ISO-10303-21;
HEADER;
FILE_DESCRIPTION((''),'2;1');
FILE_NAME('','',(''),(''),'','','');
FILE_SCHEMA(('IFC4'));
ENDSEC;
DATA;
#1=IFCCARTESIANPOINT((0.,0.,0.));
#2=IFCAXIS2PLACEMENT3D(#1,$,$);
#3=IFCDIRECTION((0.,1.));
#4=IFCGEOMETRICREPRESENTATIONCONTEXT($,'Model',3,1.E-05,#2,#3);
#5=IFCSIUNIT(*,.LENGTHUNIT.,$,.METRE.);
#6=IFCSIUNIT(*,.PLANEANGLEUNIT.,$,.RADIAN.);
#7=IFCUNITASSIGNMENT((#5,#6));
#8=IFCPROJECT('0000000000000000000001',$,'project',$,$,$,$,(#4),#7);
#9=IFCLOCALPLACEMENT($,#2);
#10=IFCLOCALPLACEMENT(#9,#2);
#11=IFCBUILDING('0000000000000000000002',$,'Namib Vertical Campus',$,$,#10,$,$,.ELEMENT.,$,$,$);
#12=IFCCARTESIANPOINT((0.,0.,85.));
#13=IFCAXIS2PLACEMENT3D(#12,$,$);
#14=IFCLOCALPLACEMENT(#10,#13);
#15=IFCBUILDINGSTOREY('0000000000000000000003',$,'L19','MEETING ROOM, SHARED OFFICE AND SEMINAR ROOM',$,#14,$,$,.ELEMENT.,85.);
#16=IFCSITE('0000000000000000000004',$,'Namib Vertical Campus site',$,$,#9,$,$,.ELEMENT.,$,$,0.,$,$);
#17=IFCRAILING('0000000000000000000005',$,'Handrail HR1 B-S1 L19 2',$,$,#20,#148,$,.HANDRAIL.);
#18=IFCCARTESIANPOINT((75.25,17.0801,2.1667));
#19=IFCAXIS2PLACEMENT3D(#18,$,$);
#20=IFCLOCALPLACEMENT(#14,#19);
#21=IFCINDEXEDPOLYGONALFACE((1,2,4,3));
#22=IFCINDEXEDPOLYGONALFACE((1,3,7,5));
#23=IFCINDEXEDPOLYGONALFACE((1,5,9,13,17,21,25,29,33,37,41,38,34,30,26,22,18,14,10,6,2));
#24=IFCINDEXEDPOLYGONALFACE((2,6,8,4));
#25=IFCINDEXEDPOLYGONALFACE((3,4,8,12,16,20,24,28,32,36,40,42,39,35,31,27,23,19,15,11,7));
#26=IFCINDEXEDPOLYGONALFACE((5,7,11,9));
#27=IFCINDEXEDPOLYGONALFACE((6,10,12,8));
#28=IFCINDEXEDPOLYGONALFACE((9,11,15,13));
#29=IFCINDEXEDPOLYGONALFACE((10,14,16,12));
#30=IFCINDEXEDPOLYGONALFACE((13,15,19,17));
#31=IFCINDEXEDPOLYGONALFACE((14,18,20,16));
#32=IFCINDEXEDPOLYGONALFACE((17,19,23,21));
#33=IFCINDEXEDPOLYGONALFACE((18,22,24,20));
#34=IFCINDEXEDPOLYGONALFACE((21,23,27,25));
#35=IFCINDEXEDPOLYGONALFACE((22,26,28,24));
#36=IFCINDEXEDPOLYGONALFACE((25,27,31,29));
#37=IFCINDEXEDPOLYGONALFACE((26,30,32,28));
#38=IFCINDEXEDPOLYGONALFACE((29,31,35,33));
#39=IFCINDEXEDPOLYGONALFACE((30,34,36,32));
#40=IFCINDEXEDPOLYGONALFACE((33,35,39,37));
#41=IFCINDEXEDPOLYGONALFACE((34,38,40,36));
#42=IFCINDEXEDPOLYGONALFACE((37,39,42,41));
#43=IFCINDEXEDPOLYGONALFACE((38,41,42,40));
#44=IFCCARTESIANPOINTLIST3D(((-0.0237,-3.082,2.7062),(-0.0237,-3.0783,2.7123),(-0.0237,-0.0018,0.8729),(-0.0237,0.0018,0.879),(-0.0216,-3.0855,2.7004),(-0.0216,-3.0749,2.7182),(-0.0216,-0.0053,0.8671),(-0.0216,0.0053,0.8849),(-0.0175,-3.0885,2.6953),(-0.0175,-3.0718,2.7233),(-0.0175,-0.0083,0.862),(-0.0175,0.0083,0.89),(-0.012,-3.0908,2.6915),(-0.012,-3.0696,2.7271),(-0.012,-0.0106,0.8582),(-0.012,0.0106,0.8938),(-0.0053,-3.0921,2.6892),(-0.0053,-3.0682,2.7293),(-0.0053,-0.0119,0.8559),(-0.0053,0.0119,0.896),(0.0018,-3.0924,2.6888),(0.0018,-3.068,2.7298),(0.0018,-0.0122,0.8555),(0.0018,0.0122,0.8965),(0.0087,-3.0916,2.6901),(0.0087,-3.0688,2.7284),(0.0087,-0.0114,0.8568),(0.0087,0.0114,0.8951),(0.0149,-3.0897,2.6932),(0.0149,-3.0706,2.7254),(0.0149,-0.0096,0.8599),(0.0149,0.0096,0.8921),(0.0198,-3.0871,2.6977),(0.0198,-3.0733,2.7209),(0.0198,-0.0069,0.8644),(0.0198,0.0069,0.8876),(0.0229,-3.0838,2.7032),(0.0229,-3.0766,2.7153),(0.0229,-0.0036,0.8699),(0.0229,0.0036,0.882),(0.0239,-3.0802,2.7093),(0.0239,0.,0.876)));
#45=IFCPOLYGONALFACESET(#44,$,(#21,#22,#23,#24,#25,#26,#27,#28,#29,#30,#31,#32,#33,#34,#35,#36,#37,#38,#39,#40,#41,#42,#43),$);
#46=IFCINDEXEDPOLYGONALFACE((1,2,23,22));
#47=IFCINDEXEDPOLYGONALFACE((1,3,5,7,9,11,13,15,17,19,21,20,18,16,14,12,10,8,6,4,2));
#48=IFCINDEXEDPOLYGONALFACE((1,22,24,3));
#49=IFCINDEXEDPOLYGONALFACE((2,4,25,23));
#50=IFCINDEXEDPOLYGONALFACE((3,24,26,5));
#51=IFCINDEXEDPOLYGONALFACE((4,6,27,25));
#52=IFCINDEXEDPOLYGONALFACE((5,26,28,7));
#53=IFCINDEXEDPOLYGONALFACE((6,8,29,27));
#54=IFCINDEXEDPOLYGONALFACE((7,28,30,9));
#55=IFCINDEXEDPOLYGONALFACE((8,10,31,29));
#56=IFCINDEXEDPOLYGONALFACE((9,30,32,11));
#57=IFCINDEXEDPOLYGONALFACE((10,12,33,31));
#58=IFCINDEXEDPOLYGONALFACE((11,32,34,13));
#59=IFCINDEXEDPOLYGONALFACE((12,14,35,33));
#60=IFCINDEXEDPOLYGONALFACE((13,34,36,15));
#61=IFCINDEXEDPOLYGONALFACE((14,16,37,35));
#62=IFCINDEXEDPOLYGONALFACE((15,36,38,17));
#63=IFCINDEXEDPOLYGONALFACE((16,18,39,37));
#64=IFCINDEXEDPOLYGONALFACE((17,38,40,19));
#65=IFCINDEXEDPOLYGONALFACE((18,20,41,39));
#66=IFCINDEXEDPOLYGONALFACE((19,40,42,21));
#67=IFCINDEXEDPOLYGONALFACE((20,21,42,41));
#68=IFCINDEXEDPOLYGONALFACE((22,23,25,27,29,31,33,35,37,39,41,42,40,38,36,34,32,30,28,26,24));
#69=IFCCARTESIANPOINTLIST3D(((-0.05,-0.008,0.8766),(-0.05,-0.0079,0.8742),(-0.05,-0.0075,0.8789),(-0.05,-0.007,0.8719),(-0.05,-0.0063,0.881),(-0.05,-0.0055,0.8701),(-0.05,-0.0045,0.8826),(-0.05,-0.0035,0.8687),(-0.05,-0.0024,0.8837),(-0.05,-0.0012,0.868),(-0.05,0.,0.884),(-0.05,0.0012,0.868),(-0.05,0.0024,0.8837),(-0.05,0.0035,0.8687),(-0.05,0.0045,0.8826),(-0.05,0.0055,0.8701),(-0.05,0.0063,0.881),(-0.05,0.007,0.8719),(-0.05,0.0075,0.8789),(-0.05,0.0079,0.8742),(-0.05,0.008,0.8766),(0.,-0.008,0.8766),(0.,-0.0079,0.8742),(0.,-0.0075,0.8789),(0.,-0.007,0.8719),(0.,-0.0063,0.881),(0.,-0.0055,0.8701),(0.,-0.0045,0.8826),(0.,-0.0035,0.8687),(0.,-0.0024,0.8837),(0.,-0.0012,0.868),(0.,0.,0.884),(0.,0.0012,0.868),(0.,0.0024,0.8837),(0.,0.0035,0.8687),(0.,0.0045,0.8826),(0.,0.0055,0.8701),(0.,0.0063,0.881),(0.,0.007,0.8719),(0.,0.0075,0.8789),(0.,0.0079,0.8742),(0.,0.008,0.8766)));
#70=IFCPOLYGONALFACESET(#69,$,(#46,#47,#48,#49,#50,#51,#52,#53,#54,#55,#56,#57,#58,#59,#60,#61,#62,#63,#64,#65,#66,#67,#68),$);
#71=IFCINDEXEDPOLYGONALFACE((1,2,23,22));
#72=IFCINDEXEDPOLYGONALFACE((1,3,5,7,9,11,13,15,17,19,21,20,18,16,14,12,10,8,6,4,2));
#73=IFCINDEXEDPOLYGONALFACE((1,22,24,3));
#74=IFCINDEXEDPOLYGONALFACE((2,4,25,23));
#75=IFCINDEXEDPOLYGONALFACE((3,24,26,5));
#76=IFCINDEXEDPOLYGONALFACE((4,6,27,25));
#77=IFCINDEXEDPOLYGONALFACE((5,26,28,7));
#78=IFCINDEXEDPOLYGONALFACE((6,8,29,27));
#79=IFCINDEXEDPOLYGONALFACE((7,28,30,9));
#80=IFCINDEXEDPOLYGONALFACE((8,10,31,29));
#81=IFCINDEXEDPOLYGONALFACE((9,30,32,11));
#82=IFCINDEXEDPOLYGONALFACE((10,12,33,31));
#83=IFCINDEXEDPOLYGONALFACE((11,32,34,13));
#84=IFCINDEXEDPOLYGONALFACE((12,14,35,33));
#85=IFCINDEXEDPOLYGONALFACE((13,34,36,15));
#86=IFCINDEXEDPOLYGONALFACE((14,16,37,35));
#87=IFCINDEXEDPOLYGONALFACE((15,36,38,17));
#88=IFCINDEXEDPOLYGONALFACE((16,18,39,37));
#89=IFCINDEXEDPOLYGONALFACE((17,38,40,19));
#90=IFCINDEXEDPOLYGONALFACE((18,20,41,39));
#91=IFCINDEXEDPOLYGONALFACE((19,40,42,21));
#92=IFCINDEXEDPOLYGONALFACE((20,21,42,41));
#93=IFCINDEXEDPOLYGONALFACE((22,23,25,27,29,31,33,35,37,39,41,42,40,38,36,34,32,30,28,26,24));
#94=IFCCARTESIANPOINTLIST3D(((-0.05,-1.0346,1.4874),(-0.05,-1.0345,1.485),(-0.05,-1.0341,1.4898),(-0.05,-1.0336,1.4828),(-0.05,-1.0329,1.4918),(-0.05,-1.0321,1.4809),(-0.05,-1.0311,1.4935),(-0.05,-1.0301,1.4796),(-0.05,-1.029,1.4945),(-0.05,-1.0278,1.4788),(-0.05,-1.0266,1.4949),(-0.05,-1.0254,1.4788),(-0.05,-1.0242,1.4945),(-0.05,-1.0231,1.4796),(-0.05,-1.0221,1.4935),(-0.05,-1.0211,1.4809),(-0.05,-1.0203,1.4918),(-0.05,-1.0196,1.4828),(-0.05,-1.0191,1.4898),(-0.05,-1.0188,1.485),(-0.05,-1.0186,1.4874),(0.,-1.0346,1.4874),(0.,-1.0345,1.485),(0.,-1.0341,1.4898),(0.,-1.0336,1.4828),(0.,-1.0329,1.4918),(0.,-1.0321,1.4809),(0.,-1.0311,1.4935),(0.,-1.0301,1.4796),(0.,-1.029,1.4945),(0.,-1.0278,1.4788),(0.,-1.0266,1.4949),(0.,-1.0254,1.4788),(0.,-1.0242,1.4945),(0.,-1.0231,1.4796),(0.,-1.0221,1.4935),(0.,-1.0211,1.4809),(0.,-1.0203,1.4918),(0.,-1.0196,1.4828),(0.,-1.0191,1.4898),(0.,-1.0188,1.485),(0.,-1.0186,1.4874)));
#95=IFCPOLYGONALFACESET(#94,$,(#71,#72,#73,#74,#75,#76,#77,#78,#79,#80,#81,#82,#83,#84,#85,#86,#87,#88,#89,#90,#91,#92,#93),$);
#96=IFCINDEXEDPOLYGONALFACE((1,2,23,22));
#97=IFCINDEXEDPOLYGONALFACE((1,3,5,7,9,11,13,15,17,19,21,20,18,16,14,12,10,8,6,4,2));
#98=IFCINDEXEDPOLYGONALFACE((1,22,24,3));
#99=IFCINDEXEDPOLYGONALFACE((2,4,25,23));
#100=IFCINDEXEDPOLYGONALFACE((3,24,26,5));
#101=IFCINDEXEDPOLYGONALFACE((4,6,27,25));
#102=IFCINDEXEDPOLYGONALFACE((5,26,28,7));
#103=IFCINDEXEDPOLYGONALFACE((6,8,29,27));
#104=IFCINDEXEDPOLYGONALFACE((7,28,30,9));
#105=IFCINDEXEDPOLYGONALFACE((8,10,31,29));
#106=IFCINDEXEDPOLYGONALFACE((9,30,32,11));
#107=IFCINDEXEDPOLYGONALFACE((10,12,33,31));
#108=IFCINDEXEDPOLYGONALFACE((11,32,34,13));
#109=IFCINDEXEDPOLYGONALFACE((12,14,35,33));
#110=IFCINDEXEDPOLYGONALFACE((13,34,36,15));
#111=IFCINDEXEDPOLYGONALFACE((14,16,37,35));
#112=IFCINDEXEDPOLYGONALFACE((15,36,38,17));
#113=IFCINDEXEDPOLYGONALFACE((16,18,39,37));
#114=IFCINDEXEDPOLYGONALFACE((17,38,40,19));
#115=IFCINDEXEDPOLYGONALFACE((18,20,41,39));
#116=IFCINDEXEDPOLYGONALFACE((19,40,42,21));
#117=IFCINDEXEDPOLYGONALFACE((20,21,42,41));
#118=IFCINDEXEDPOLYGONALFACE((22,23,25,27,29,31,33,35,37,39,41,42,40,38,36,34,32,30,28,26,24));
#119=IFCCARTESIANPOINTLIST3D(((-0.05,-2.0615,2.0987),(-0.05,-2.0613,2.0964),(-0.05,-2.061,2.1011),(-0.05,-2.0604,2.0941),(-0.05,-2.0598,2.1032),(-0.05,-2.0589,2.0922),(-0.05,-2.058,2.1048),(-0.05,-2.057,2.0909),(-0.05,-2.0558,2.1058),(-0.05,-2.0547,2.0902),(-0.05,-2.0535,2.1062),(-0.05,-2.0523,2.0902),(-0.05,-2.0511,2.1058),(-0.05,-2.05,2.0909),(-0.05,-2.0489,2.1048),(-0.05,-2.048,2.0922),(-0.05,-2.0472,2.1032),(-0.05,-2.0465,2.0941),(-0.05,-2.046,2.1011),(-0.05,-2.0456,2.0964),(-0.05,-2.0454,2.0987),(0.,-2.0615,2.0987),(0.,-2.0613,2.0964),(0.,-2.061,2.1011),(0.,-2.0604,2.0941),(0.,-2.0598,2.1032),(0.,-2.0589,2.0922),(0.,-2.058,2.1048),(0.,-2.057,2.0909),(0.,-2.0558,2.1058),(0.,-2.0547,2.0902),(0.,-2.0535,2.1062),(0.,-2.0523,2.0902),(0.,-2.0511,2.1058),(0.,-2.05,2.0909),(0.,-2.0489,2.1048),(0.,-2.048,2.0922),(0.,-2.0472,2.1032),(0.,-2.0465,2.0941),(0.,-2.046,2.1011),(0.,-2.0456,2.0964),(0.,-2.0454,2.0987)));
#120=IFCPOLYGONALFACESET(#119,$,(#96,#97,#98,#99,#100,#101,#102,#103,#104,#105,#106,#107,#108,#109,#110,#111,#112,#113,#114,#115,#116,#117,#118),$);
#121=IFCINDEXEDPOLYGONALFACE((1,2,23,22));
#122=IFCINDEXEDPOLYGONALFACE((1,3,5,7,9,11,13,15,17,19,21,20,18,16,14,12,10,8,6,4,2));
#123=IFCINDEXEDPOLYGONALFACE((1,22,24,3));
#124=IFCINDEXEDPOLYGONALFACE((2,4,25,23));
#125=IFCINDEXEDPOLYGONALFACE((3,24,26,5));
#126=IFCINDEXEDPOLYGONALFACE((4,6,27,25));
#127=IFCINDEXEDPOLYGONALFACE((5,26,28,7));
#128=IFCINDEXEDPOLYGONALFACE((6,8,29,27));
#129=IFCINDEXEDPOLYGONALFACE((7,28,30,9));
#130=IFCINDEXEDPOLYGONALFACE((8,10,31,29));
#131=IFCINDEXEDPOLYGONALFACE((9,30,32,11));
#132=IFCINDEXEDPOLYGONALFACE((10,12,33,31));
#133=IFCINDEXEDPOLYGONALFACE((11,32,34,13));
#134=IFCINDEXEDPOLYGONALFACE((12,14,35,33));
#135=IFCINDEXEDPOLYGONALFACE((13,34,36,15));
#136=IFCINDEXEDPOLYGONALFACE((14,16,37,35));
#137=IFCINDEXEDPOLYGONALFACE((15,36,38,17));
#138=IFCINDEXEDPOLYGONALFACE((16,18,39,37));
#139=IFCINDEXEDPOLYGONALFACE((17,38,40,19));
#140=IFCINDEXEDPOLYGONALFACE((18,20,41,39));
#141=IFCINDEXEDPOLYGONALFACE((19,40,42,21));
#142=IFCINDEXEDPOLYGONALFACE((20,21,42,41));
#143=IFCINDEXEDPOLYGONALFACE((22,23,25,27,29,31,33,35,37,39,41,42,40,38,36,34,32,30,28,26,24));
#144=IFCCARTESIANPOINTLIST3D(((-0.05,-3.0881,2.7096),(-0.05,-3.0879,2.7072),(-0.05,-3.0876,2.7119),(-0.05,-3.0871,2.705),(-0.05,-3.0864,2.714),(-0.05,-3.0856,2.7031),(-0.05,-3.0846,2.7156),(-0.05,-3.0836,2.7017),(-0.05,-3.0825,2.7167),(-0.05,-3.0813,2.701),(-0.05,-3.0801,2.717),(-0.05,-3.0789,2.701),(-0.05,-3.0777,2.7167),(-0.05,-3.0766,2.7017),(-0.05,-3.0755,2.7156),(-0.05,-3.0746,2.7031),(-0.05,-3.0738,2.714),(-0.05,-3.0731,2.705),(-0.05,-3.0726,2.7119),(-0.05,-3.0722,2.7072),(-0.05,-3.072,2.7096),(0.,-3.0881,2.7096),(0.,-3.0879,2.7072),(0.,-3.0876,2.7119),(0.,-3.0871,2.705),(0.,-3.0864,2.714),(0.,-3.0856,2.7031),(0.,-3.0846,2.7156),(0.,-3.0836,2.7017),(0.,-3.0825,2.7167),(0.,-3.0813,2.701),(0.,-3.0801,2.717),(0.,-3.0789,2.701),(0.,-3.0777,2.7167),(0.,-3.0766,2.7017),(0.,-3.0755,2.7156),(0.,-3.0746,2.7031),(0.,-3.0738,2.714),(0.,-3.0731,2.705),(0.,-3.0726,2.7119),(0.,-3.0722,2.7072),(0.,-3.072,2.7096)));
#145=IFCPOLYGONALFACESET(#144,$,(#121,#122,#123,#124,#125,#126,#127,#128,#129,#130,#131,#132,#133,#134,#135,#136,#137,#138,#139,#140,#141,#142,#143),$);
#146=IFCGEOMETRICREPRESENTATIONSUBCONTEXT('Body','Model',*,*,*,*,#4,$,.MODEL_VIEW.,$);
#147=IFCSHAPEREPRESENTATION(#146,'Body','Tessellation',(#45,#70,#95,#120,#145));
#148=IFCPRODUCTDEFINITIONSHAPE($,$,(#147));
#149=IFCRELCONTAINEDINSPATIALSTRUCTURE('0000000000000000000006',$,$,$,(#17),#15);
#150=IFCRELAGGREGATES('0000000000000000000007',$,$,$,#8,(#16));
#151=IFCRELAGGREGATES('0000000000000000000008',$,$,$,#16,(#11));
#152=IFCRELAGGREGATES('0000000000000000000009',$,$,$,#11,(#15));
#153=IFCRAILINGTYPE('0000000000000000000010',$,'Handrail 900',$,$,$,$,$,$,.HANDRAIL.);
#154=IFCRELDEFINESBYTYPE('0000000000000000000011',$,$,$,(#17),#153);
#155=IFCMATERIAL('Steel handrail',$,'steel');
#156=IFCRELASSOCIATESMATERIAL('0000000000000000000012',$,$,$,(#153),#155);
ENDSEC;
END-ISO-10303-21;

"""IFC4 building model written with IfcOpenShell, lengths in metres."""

from ifc_helpers import new_model, si_unit, direction, frame, origin, origin_2d, place, context, subcontext, project, spatial, circle, extrude, material, type_object, element, save


model = new_model("IFC4")

# Units and contexts
model_context = context("Model", 3, precision=1e-05, world=origin(), true_north=direction((0.0, 1.0)))
body_context = subcontext(model_context, "Body", "Model", "MODEL_VIEW")
ifc_project = project(units=[si_unit("LENGTHUNIT", "METRE"), si_unit("PLANEANGLEUNIT", "RADIAN")], contexts=[model_context])

# Site, building, storey
site_placement = place(None, origin())
site = spatial("IfcSite", under=ifc_project, at=site_placement, Name="Namib Vertical Campus site", CompositionType="ELEMENT", RefElevation=0.0)
building_placement = place(site_placement, origin())
building = spatial("IfcBuilding", under=site, at=building_placement, Name="Namib Vertical Campus", CompositionType="ELEMENT")
storey_placement = place(building_placement, frame((0.0, 0.0, 85.0)))
storey = spatial("IfcBuildingStorey", under=building, at=storey_placement, Name="L19", Description="MEETING ROOM, SHARED OFFICE AND SEMINAR ROOM", CompositionType="ELEMENT", Elevation=85.0)

# Railing
ifc_material_1 = material(Name="Steel handrail", Category="steel")
railing_type = type_object("IfcRailingType", Name="Handrail 900", PredefinedType="HANDRAIL", material=ifc_material_1)
railing_placement = place(storey_placement, frame((75.25, 17.0801, 2.1667)))
element("IfcRailing", 1, at=railing_placement, inside=storey, type_object=railing_type, Name="Handrail HR1 B-S1 L19 2", PredefinedType="HANDRAIL", context=body_context, shape_type="SweptSolid", body=[
    extrude(circle(Radius=0.0239, at=origin_2d()), frame((0.0, 0.0, 0.876), z_axis=(0.0, -0.859309, 0.511458), x_axis=(1.0, 0.0, 0.0)), (0.0, 0.0, 1.0), 3.5845),
    extrude(circle(Radius=0.0081, at=origin_2d()), frame((0.0, 0.0, 0.876), z_axis=(-1.0, 0.0, 0.0), x_axis=(0.0, 0.0, 1.0)), (0.0, 0.0, 1.0), 0.05),
    extrude(circle(Radius=0.0081, at=origin_2d()), frame((0.0, -1.0266, 1.4868), z_axis=(-1.0, 0.0, 0.0), x_axis=(0.0, 0.0, 1.0)), (0.0, 0.0, 1.0), 0.05),
    extrude(circle(Radius=0.0081, at=origin_2d()), frame((0.0, -2.0535, 2.0981), z_axis=(-1.0, 0.0, 0.0), x_axis=(0.0, 0.0, 1.0)), (0.0, 0.0, 1.0), 0.05),
    extrude(circle(Radius=0.0081, at=origin_2d()), frame((0.0, -3.0801, 2.709), z_axis=(-1.0, 0.0, 0.0), x_axis=(0.0, 0.0, 1.0)), (0.0, 0.0, 1.0), 0.05),
])

save(model, "model.ifc")
